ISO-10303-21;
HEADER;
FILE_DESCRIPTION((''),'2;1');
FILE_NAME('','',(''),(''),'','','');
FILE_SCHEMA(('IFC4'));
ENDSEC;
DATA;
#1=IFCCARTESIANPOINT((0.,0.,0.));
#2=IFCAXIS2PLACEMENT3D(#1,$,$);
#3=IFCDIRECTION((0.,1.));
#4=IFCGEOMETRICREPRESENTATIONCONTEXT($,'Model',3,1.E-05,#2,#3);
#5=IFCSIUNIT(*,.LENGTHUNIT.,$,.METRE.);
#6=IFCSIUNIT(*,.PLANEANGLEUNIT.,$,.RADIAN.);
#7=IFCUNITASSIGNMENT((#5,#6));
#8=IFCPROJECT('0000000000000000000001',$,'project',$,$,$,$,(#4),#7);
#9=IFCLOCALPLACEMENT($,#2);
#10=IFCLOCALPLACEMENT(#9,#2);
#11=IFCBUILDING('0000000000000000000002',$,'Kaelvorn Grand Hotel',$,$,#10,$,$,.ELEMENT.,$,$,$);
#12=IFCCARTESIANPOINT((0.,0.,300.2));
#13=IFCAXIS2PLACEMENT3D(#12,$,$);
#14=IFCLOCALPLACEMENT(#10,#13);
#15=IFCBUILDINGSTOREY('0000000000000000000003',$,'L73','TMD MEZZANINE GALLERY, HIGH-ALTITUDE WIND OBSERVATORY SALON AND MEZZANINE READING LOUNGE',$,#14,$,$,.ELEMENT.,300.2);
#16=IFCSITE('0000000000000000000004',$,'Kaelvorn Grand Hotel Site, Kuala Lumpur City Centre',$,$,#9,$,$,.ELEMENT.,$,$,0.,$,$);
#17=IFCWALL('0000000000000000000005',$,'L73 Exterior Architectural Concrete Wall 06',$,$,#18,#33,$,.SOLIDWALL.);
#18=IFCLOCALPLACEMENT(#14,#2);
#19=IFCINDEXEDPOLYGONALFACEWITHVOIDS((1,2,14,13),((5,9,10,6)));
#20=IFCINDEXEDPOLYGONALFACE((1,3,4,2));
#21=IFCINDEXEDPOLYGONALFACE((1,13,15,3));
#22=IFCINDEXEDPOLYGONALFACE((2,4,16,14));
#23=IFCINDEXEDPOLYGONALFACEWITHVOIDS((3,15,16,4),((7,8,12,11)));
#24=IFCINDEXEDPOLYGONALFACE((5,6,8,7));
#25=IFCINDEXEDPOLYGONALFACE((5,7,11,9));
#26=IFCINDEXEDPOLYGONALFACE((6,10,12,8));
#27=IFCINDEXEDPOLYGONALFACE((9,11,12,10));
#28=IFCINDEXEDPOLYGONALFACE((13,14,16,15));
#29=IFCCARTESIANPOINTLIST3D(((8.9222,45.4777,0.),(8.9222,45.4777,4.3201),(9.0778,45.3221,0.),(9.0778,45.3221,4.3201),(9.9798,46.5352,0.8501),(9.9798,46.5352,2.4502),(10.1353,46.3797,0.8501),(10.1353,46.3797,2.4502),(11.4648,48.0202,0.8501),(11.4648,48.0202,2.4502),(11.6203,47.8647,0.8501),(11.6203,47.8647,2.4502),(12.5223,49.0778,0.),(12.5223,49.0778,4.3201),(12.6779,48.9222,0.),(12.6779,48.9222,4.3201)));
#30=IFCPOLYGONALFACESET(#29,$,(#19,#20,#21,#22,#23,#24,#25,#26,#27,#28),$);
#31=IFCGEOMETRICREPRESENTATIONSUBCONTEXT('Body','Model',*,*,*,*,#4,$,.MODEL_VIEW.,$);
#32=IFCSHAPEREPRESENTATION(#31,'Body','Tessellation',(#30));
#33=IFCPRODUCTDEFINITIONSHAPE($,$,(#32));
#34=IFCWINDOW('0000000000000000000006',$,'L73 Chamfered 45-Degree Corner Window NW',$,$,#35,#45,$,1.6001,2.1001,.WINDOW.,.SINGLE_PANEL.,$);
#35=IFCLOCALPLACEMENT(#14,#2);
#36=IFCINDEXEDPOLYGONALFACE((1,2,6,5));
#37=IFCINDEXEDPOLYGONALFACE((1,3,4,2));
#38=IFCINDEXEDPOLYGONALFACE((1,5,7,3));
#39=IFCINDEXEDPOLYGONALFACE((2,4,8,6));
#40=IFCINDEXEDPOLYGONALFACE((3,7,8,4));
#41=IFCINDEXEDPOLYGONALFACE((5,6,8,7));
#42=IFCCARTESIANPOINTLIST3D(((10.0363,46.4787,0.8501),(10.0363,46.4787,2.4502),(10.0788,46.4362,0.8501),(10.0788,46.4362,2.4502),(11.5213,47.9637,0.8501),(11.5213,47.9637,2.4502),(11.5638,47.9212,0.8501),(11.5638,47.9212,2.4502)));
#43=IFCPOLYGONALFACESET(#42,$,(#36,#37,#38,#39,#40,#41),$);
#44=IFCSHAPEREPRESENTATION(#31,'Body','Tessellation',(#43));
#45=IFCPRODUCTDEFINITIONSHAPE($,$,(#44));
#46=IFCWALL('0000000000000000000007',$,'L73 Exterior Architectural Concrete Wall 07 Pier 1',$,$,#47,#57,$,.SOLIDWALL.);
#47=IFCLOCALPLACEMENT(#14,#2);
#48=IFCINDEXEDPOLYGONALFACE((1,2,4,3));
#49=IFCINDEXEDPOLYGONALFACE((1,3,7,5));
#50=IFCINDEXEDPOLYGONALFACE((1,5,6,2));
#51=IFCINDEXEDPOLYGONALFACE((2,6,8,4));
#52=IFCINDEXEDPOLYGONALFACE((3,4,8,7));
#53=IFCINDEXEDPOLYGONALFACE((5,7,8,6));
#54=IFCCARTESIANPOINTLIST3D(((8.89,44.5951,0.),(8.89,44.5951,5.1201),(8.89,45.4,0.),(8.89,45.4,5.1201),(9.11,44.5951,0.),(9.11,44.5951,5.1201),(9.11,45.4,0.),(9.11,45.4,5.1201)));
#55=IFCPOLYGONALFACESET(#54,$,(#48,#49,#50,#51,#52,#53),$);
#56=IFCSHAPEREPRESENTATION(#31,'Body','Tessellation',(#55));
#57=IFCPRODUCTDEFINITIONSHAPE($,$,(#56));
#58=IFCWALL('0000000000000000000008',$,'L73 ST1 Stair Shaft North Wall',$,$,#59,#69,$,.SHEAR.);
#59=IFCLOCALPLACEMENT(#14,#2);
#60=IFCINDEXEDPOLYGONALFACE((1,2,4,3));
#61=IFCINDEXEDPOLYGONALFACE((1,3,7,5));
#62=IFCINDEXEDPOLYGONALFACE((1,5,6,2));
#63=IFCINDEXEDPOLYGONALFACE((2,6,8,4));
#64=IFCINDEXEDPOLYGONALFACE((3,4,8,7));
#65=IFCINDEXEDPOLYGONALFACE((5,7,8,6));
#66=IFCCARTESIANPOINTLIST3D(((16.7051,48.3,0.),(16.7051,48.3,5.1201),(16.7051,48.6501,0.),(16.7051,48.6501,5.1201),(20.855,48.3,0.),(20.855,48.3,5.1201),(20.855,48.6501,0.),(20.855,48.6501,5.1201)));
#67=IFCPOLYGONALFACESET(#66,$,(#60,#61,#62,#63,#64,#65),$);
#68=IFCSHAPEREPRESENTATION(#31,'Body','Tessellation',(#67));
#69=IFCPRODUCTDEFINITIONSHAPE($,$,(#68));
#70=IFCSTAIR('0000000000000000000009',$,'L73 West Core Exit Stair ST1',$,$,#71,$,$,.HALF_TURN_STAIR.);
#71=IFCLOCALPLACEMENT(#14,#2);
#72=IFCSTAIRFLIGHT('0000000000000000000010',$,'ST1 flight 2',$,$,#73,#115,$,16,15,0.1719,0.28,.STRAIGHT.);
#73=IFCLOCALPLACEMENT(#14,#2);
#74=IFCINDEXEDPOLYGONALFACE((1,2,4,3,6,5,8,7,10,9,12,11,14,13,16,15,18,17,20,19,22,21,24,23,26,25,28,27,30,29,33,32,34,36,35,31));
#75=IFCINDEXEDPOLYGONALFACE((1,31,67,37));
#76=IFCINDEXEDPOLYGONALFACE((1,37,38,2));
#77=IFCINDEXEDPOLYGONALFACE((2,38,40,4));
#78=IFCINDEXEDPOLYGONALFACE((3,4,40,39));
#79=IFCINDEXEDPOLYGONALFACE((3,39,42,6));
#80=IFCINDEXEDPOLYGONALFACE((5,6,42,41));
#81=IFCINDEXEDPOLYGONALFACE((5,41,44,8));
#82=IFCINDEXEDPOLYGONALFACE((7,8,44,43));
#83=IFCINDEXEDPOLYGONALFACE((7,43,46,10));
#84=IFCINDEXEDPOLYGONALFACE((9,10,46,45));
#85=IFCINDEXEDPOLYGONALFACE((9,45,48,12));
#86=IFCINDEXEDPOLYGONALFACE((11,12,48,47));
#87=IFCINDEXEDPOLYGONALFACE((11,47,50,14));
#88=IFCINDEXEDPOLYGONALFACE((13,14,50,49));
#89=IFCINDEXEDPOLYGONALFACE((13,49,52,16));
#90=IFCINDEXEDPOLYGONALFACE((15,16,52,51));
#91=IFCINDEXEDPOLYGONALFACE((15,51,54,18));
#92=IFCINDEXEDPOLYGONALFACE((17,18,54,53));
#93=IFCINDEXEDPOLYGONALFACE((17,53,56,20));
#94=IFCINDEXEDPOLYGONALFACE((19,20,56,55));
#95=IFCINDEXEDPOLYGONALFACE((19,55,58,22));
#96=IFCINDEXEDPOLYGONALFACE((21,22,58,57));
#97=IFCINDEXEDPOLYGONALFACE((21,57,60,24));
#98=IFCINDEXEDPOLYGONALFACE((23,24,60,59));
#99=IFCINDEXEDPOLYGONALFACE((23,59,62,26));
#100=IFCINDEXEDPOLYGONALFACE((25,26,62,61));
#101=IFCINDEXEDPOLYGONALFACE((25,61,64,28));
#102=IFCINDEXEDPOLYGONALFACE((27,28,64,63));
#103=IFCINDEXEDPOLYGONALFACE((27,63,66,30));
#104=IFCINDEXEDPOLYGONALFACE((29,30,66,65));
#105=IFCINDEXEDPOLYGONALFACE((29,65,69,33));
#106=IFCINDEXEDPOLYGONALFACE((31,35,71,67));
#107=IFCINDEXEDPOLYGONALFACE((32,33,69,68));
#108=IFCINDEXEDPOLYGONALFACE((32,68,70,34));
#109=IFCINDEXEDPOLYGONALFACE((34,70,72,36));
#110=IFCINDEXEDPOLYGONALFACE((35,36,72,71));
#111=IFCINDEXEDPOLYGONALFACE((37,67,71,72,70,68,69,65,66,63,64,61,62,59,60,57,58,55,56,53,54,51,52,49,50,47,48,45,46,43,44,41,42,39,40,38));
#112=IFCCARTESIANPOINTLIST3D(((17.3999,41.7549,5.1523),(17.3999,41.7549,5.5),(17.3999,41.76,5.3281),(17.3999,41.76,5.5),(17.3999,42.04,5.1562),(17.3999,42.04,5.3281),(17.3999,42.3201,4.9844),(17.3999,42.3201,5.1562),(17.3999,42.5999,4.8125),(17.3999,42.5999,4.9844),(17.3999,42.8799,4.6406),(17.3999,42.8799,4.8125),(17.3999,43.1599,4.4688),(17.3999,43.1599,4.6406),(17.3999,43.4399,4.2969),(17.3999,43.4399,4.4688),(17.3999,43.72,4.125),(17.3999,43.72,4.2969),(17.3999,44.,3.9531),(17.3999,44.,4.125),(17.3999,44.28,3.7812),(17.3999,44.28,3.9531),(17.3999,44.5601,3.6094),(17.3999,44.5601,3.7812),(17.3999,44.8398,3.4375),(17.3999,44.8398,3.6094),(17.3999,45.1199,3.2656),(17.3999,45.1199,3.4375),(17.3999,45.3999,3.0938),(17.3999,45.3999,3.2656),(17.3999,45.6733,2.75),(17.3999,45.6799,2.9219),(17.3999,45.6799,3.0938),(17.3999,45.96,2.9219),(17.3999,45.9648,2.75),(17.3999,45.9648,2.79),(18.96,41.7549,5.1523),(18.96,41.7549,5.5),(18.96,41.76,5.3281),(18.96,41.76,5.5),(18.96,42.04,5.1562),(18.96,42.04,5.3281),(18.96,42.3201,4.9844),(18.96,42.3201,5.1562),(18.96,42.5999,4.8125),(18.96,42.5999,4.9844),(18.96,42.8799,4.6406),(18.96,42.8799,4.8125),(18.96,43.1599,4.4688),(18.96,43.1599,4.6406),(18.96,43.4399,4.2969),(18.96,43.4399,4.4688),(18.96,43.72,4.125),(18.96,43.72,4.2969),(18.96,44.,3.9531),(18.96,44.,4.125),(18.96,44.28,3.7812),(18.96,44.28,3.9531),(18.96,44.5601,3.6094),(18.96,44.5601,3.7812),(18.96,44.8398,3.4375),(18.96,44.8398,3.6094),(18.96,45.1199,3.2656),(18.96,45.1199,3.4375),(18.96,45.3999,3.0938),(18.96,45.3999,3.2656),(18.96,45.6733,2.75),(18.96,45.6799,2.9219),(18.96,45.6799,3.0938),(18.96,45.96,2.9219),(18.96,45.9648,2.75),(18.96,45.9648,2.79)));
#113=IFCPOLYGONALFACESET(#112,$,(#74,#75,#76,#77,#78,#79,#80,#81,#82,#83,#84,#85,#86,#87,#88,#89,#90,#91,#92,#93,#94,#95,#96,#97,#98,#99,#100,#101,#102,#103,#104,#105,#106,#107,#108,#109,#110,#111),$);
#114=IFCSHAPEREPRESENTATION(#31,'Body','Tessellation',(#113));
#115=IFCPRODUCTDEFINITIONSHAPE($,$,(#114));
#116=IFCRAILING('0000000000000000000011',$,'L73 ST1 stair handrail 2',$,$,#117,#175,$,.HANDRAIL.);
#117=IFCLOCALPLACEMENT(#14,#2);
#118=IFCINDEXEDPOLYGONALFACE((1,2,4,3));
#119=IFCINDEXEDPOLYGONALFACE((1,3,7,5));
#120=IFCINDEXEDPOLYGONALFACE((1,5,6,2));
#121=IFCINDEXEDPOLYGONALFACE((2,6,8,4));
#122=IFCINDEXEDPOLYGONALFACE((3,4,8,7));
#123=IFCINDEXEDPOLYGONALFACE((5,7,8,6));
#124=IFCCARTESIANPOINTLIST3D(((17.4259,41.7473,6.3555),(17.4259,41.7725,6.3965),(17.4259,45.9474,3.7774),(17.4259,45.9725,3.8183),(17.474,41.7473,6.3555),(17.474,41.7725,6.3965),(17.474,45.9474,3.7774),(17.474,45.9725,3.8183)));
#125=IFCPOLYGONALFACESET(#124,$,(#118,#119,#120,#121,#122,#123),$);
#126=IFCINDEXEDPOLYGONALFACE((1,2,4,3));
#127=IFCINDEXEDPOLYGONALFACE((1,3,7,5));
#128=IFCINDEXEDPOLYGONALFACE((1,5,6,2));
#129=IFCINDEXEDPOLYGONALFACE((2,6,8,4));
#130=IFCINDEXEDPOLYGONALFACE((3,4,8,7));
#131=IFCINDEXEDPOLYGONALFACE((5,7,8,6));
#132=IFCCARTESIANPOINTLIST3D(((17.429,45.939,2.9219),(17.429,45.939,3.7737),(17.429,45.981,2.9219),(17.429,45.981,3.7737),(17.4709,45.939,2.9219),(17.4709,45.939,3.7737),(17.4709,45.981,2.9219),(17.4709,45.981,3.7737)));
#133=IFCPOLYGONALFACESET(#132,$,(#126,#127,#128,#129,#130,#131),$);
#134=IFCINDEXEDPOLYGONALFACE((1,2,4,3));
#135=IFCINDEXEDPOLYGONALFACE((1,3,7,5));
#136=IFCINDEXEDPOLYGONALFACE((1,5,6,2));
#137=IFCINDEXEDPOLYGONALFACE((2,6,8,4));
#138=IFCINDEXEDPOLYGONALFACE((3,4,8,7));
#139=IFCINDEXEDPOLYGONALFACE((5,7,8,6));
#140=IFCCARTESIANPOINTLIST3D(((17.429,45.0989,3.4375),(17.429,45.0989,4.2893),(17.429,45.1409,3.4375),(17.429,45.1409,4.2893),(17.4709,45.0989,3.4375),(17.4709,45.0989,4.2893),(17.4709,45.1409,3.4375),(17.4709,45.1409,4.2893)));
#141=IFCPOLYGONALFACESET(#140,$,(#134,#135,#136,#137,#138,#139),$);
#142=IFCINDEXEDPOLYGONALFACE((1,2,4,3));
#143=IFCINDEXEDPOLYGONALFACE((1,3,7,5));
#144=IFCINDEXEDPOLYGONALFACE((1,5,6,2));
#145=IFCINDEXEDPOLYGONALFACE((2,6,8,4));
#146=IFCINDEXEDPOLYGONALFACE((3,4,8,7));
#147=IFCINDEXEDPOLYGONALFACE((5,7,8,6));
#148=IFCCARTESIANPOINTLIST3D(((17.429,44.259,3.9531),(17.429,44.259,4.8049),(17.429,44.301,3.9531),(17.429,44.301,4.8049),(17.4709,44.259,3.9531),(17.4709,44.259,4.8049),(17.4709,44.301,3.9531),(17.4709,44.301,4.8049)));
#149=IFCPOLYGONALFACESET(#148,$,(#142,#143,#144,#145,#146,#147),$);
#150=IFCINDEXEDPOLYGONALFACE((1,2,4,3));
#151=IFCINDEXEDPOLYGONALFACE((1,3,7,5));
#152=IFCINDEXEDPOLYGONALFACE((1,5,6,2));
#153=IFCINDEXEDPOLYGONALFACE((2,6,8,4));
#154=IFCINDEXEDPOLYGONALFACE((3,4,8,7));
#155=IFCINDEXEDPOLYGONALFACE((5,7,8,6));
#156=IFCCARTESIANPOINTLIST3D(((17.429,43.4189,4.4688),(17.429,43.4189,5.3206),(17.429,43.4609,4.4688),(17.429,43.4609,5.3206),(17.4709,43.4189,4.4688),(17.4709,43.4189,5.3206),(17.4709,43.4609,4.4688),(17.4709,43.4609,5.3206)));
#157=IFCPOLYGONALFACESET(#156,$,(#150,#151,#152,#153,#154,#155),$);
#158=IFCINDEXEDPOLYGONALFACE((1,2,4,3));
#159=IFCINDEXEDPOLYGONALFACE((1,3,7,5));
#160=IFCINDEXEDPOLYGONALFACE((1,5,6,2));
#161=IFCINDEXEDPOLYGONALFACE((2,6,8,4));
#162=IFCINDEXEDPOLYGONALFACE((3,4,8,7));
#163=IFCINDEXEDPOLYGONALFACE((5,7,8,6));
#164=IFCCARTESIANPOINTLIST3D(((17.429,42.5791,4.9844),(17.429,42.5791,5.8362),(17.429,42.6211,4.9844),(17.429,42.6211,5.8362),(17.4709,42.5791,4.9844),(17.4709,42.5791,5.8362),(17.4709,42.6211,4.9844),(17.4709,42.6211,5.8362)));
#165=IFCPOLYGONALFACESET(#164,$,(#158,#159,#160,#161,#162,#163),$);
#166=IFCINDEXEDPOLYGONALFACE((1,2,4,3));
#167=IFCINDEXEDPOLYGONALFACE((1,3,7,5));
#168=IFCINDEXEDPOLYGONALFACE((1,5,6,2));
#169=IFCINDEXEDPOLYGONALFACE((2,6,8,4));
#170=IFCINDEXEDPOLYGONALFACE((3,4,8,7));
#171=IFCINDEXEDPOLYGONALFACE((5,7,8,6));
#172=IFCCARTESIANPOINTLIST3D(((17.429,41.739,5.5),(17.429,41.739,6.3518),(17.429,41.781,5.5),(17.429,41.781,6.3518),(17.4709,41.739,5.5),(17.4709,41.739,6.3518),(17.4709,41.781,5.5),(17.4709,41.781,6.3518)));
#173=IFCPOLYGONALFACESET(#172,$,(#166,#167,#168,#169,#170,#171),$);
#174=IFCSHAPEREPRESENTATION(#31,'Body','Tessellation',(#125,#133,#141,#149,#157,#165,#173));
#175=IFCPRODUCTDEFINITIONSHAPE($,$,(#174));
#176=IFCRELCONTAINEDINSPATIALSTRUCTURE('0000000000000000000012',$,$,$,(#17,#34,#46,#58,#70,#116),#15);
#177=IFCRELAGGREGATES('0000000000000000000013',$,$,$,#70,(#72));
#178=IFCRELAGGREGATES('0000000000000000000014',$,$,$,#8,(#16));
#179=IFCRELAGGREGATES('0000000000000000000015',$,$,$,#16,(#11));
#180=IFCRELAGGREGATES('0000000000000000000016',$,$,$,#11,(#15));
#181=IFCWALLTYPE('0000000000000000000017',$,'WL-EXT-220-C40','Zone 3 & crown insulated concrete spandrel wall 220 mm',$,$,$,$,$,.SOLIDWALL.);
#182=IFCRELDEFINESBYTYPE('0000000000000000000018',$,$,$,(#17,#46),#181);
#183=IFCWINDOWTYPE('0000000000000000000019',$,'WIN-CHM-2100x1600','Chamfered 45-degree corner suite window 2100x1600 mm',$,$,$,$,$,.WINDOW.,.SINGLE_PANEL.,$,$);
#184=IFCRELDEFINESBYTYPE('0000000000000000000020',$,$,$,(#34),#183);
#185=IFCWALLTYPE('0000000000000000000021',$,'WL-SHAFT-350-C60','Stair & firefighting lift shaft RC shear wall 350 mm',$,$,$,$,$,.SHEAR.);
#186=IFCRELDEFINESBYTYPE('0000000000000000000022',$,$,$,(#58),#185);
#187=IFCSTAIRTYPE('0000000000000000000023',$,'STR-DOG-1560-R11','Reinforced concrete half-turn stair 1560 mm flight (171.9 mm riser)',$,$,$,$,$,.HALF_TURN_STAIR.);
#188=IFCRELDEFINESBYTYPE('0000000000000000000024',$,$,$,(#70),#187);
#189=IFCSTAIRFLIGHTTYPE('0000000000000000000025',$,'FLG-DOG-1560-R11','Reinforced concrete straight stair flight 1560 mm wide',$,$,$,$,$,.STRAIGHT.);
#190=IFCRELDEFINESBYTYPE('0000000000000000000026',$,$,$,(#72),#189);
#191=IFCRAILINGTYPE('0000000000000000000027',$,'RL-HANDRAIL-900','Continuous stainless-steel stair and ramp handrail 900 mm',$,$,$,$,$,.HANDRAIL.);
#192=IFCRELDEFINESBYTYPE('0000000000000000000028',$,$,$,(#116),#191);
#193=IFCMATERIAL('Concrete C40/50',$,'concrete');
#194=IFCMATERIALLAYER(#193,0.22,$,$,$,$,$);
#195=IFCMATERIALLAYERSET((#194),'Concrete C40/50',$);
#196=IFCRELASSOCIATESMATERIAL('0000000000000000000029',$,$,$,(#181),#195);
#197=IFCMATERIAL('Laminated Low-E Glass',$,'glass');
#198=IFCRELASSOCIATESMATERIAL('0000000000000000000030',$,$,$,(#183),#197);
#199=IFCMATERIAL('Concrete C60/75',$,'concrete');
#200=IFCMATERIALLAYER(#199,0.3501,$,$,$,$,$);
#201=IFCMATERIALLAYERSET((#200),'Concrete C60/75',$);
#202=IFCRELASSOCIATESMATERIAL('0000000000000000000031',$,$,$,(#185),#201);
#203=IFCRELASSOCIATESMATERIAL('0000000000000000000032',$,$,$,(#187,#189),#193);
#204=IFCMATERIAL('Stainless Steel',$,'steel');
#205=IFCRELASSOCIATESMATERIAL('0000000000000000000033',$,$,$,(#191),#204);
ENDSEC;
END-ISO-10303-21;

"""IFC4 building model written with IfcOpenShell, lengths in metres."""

from ifc_helpers import new_model, si_unit, direction, frame, frame_2d, origin, origin_2d, place, context, subcontext, project, spatial, polyline, rectangle, outline, extrude, material, layer, layer_set, type_object, element, fill, aggregate, save


model = new_model("IFC4")

# Units and contexts
model_context = context("Model", 3, precision=1e-05, world=origin(), true_north=direction((0.0, 1.0)))
body_context = subcontext(model_context, "Body", "Model", "MODEL_VIEW")
ifc_project = project(units=[si_unit("LENGTHUNIT", "METRE"), si_unit("PLANEANGLEUNIT", "RADIAN")], contexts=[model_context])

# Site, building, storey
site_placement = place(None, origin())
site = spatial("IfcSite", under=ifc_project, at=site_placement, Name="Kaelvorn Grand Hotel Site, Kuala Lumpur City Centre", CompositionType="ELEMENT", RefElevation=0.0)
building_placement = place(site_placement, origin())
building = spatial("IfcBuilding", under=site, at=building_placement, Name="Kaelvorn Grand Hotel", CompositionType="ELEMENT")
storey_placement = place(building_placement, frame((0.0, 0.0, 300.2)))
storey = spatial("IfcBuildingStorey", under=building, at=storey_placement, Name="L73", Description="TMD MEZZANINE GALLERY, HIGH-ALTITUDE WIND OBSERVATORY SALON AND MEZZANINE READING LOUNGE", CompositionType="ELEMENT", Elevation=300.2)

# Shared definitions
ifc_material_1 = material(Name="Concrete C60/75", Category="concrete")

# Shared definitions
ifc_material_2 = material(Name="Laminated Low-E Glass", Category="glass")

# Wall, opening, window
ifc_material_3 = material(Name="Concrete C40/50", Category="concrete")
ifc_layer_1 = layer(ifc_material_3, 0.22)
ifc_layer_set_1 = layer_set([ifc_layer_1], Name="Concrete C40/50")
wall_type_1 = type_object("IfcWallType", Name="WL-EXT-220-C40", Description="Zone 3 & crown insulated concrete spandrel wall 220 mm", PredefinedType="SOLIDWALL", material=ifc_layer_set_1)
wall_1_placement = place(storey_placement, frame((12.6001, 49.0, 0.0), z_axis=(0.0, 0.0, 1.0), x_axis=(-0.707107, -0.707107, 0.0)))
wall_1 = element("IfcWall", 1, at=wall_1_placement, inside=storey, type_object=wall_type_1, Name="L73 Exterior Architectural Concrete Wall 06", PredefinedType="SOLIDWALL", context=body_context, shape_type="SweptSolid", body=[
    extrude(rectangle(XDim=5.0913, YDim=0.22, at=frame_2d((2.5457, 0.0))), origin(), (0.0, 0.0, 1.0), 4.3201),
])
opening_placement = place(wall_1_placement, frame((1.4956, 0.0, 0.8501)))
opening = element("IfcOpeningElement", 2, at=opening_placement, cuts=wall_1, PredefinedType="OPENING", context=body_context, shape_type="SweptSolid", body=[
    extrude(rectangle(XDim=2.1001, YDim=1.6001, at=frame_2d((1.05, 0.8))), frame((0.0, 0.1201, 0.0), z_axis=(0.0, -1.0, 0.0), x_axis=(1.0, 0.0, 0.0)), (0.0, 0.0, 1.0), 0.24),
])
window_type = type_object("IfcWindowType", Name="WIN-CHM-2100x1600", Description="Chamfered 45-degree corner suite window 2100x1600 mm", PartitioningType="SINGLE_PANEL", PredefinedType="WINDOW", material=ifc_material_2)
window_placement = place(opening_placement, origin())
window = element("IfcWindow", 3, at=window_placement, inside=storey, type_object=window_type, Name="L73 Chamfered 45-Degree Corner Window NW", OverallHeight=1.6001, OverallWidth=2.1001, PartitioningType="SINGLE_PANEL", PredefinedType="WINDOW", context=body_context, shape_type="SweptSolid", body=[
    extrude(rectangle(XDim=2.1001, YDim=1.6001, at=frame_2d((1.05, 0.8))), frame((0.0, 0.03, 0.0), z_axis=(0.0, -1.0, 0.0), x_axis=(1.0, 0.0, 0.0)), (0.0, 0.0, 1.0), 0.0601),
])
fill(opening, window)

# Walls
wall_2_placement = place(storey_placement, frame((9.0, 45.3999, 0.0), z_axis=(0.0, 0.0, 1.0), x_axis=(0.0, -1.0, 0.0)))
element("IfcWall", 4, at=wall_2_placement, inside=storey, type_object=wall_type_1, Name="L73 Exterior Architectural Concrete Wall 07 Pier 1", PredefinedType="SOLIDWALL", context=body_context, shape_type="SweptSolid", body=[
    extrude(rectangle(XDim=0.8049, YDim=0.22, at=frame_2d((0.4023, 0.0))), origin(), (0.0, 0.0, 1.0), 5.1201),
])
ifc_layer_2 = layer(ifc_material_1, 0.3501)
ifc_layer_set_2 = layer_set([ifc_layer_2], Name="Concrete C60/75")
wall_type_2 = type_object("IfcWallType", Name="WL-SHAFT-350-C60", Description="Stair & firefighting lift shaft RC shear wall 350 mm", PredefinedType="SHEAR", material=ifc_layer_set_2)
wall_3_placement = place(storey_placement, frame((16.7051, 48.4751, 0.0), z_axis=(0.0, 0.0, 1.0), x_axis=(1.0, 0.0, 0.0)))
element("IfcWall", 5, at=wall_3_placement, inside=storey, type_object=wall_type_2, Name="L73 ST1 Stair Shaft North Wall", PredefinedType="SHEAR", context=body_context, shape_type="SweptSolid", body=[
    extrude(rectangle(XDim=4.1499, YDim=0.3501, at=frame_2d((2.075, 0.0))), origin(), (0.0, 0.0, 1.0), 5.1201),
])

# Stair, stair flight
stair_type = type_object("IfcStairType", Name="STR-DOG-1560-R11", Description="Reinforced concrete half-turn stair 1560 mm flight (171.9 mm riser)", PredefinedType="HALF_TURN_STAIR", material=ifc_material_3)
stair_placement = place(storey_placement, origin())
stair = element("IfcStair", 6, at=stair_placement, inside=storey, type_object=stair_type, Name="L73 West Core Exit Stair ST1", PredefinedType="HALF_TURN_STAIR")
stair_flight_type = type_object("IfcStairFlightType", Name="FLG-DOG-1560-R11", Description="Reinforced concrete straight stair flight 1560 mm wide", PredefinedType="STRAIGHT", material=ifc_material_3)
stair_flight_placement = place(storey_placement, frame((18.1799, 45.96, 2.75), z_axis=(0.0, 0.0, 1.0), x_axis=(0.0, -1.0, 0.0)))
stair_flight = element("IfcStairFlight", 7, at=stair_flight_placement, type_object=stair_flight_type, Name="ST1 flight 2", NumberOfRisers=16, NumberOfTreads=15, PredefinedType="STRAIGHT", RiserHeight=0.1719, TreadLength=0.28, context=body_context, shape_type="SweptSolid", body=[
    extrude(outline(polyline([(-0.0049, 0.0), (-0.0049, 0.04), (0.0, 0.1719), (0.28, 0.1719), (0.28, 0.3438), (0.5601, 0.3438), (0.5601, 0.5156), (0.8401, 0.5156), (0.8401, 0.6875), (1.1201, 0.6875), (1.1201, 0.8594), (1.3999, 0.8594), (1.3999, 1.0312), (1.6799, 1.0312), (1.6799, 1.2031), (1.96, 1.2031), (1.96, 1.375), (2.24, 1.375), (2.24, 1.5469), (2.52, 1.5469), (2.52, 1.7188), (2.8, 1.7188), (2.8, 1.8906), (3.0801, 1.8906), (3.0801, 2.0625), (3.3601, 2.0625), (3.3601, 2.2344), (3.6399, 2.2344), (3.6399, 2.4062), (3.9199, 2.4062), (3.9199, 2.5781), (4.2, 2.5781), (4.2, 2.75), (4.2051, 2.75), (4.2051, 2.4023), (0.2866, 0.0), (-0.0049, 0.0)])), frame((0.0, 0.78, 0.0), z_axis=(0.0, -1.0, 0.0), x_axis=(1.0, 0.0, 0.0)), (0.0, 0.0, 1.0), 1.5601),
])
aggregate(stair, [stair_flight])

# Railing
ifc_material_4 = material(Name="Stainless Steel", Category="steel")
railing_type_1 = type_object("IfcRailingType", Name="RL-HANDRAIL-900", Description="Continuous stainless-steel stair and ramp handrail 900 mm", PredefinedType="HANDRAIL", material=ifc_material_4)
railing_1_placement = place(storey_placement, frame((17.45, 45.96, 2.9219)))
element("IfcRailing", 8, at=railing_1_placement, inside=storey, type_object=railing_type_1, Name="L73 ST1 stair handrail 2", PredefinedType="HANDRAIL", context=body_context, shape_type="SweptSolid", body=[
    extrude(rectangle(XDim=0.0481, YDim=0.0481, at=origin_2d()), frame((0.0, 0.0, 0.876), z_axis=(0.0, -0.852243, 0.523146), x_axis=(1.0, 0.0, 0.0)), (0.0, 0.0, 1.0), 4.9282),
    extrude(rectangle(XDim=0.042, YDim=0.042, at=origin_2d()), origin(), (0.0, 0.0, 1.0), 0.8518),
    extrude(rectangle(XDim=0.042, YDim=0.042, at=origin_2d()), frame((0.0, -0.8401, 0.5156)), (0.0, 0.0, 1.0), 0.8518),
    extrude(rectangle(XDim=0.042, YDim=0.042, at=origin_2d()), frame((0.0, -1.6799, 1.0312)), (0.0, 0.0, 1.0), 0.8518),
    extrude(rectangle(XDim=0.042, YDim=0.042, at=origin_2d()), frame((0.0, -2.52, 1.5469)), (0.0, 0.0, 1.0), 0.8518),
    extrude(rectangle(XDim=0.042, YDim=0.042, at=origin_2d()), frame((0.0, -3.3599, 2.0625)), (0.0, 0.0, 1.0), 0.8518),
    extrude(rectangle(XDim=0.042, YDim=0.042, at=origin_2d()), frame((0.0, -4.2, 2.5781)), (0.0, 0.0, 1.0), 0.8518),
])

save(model, "model.ifc")
